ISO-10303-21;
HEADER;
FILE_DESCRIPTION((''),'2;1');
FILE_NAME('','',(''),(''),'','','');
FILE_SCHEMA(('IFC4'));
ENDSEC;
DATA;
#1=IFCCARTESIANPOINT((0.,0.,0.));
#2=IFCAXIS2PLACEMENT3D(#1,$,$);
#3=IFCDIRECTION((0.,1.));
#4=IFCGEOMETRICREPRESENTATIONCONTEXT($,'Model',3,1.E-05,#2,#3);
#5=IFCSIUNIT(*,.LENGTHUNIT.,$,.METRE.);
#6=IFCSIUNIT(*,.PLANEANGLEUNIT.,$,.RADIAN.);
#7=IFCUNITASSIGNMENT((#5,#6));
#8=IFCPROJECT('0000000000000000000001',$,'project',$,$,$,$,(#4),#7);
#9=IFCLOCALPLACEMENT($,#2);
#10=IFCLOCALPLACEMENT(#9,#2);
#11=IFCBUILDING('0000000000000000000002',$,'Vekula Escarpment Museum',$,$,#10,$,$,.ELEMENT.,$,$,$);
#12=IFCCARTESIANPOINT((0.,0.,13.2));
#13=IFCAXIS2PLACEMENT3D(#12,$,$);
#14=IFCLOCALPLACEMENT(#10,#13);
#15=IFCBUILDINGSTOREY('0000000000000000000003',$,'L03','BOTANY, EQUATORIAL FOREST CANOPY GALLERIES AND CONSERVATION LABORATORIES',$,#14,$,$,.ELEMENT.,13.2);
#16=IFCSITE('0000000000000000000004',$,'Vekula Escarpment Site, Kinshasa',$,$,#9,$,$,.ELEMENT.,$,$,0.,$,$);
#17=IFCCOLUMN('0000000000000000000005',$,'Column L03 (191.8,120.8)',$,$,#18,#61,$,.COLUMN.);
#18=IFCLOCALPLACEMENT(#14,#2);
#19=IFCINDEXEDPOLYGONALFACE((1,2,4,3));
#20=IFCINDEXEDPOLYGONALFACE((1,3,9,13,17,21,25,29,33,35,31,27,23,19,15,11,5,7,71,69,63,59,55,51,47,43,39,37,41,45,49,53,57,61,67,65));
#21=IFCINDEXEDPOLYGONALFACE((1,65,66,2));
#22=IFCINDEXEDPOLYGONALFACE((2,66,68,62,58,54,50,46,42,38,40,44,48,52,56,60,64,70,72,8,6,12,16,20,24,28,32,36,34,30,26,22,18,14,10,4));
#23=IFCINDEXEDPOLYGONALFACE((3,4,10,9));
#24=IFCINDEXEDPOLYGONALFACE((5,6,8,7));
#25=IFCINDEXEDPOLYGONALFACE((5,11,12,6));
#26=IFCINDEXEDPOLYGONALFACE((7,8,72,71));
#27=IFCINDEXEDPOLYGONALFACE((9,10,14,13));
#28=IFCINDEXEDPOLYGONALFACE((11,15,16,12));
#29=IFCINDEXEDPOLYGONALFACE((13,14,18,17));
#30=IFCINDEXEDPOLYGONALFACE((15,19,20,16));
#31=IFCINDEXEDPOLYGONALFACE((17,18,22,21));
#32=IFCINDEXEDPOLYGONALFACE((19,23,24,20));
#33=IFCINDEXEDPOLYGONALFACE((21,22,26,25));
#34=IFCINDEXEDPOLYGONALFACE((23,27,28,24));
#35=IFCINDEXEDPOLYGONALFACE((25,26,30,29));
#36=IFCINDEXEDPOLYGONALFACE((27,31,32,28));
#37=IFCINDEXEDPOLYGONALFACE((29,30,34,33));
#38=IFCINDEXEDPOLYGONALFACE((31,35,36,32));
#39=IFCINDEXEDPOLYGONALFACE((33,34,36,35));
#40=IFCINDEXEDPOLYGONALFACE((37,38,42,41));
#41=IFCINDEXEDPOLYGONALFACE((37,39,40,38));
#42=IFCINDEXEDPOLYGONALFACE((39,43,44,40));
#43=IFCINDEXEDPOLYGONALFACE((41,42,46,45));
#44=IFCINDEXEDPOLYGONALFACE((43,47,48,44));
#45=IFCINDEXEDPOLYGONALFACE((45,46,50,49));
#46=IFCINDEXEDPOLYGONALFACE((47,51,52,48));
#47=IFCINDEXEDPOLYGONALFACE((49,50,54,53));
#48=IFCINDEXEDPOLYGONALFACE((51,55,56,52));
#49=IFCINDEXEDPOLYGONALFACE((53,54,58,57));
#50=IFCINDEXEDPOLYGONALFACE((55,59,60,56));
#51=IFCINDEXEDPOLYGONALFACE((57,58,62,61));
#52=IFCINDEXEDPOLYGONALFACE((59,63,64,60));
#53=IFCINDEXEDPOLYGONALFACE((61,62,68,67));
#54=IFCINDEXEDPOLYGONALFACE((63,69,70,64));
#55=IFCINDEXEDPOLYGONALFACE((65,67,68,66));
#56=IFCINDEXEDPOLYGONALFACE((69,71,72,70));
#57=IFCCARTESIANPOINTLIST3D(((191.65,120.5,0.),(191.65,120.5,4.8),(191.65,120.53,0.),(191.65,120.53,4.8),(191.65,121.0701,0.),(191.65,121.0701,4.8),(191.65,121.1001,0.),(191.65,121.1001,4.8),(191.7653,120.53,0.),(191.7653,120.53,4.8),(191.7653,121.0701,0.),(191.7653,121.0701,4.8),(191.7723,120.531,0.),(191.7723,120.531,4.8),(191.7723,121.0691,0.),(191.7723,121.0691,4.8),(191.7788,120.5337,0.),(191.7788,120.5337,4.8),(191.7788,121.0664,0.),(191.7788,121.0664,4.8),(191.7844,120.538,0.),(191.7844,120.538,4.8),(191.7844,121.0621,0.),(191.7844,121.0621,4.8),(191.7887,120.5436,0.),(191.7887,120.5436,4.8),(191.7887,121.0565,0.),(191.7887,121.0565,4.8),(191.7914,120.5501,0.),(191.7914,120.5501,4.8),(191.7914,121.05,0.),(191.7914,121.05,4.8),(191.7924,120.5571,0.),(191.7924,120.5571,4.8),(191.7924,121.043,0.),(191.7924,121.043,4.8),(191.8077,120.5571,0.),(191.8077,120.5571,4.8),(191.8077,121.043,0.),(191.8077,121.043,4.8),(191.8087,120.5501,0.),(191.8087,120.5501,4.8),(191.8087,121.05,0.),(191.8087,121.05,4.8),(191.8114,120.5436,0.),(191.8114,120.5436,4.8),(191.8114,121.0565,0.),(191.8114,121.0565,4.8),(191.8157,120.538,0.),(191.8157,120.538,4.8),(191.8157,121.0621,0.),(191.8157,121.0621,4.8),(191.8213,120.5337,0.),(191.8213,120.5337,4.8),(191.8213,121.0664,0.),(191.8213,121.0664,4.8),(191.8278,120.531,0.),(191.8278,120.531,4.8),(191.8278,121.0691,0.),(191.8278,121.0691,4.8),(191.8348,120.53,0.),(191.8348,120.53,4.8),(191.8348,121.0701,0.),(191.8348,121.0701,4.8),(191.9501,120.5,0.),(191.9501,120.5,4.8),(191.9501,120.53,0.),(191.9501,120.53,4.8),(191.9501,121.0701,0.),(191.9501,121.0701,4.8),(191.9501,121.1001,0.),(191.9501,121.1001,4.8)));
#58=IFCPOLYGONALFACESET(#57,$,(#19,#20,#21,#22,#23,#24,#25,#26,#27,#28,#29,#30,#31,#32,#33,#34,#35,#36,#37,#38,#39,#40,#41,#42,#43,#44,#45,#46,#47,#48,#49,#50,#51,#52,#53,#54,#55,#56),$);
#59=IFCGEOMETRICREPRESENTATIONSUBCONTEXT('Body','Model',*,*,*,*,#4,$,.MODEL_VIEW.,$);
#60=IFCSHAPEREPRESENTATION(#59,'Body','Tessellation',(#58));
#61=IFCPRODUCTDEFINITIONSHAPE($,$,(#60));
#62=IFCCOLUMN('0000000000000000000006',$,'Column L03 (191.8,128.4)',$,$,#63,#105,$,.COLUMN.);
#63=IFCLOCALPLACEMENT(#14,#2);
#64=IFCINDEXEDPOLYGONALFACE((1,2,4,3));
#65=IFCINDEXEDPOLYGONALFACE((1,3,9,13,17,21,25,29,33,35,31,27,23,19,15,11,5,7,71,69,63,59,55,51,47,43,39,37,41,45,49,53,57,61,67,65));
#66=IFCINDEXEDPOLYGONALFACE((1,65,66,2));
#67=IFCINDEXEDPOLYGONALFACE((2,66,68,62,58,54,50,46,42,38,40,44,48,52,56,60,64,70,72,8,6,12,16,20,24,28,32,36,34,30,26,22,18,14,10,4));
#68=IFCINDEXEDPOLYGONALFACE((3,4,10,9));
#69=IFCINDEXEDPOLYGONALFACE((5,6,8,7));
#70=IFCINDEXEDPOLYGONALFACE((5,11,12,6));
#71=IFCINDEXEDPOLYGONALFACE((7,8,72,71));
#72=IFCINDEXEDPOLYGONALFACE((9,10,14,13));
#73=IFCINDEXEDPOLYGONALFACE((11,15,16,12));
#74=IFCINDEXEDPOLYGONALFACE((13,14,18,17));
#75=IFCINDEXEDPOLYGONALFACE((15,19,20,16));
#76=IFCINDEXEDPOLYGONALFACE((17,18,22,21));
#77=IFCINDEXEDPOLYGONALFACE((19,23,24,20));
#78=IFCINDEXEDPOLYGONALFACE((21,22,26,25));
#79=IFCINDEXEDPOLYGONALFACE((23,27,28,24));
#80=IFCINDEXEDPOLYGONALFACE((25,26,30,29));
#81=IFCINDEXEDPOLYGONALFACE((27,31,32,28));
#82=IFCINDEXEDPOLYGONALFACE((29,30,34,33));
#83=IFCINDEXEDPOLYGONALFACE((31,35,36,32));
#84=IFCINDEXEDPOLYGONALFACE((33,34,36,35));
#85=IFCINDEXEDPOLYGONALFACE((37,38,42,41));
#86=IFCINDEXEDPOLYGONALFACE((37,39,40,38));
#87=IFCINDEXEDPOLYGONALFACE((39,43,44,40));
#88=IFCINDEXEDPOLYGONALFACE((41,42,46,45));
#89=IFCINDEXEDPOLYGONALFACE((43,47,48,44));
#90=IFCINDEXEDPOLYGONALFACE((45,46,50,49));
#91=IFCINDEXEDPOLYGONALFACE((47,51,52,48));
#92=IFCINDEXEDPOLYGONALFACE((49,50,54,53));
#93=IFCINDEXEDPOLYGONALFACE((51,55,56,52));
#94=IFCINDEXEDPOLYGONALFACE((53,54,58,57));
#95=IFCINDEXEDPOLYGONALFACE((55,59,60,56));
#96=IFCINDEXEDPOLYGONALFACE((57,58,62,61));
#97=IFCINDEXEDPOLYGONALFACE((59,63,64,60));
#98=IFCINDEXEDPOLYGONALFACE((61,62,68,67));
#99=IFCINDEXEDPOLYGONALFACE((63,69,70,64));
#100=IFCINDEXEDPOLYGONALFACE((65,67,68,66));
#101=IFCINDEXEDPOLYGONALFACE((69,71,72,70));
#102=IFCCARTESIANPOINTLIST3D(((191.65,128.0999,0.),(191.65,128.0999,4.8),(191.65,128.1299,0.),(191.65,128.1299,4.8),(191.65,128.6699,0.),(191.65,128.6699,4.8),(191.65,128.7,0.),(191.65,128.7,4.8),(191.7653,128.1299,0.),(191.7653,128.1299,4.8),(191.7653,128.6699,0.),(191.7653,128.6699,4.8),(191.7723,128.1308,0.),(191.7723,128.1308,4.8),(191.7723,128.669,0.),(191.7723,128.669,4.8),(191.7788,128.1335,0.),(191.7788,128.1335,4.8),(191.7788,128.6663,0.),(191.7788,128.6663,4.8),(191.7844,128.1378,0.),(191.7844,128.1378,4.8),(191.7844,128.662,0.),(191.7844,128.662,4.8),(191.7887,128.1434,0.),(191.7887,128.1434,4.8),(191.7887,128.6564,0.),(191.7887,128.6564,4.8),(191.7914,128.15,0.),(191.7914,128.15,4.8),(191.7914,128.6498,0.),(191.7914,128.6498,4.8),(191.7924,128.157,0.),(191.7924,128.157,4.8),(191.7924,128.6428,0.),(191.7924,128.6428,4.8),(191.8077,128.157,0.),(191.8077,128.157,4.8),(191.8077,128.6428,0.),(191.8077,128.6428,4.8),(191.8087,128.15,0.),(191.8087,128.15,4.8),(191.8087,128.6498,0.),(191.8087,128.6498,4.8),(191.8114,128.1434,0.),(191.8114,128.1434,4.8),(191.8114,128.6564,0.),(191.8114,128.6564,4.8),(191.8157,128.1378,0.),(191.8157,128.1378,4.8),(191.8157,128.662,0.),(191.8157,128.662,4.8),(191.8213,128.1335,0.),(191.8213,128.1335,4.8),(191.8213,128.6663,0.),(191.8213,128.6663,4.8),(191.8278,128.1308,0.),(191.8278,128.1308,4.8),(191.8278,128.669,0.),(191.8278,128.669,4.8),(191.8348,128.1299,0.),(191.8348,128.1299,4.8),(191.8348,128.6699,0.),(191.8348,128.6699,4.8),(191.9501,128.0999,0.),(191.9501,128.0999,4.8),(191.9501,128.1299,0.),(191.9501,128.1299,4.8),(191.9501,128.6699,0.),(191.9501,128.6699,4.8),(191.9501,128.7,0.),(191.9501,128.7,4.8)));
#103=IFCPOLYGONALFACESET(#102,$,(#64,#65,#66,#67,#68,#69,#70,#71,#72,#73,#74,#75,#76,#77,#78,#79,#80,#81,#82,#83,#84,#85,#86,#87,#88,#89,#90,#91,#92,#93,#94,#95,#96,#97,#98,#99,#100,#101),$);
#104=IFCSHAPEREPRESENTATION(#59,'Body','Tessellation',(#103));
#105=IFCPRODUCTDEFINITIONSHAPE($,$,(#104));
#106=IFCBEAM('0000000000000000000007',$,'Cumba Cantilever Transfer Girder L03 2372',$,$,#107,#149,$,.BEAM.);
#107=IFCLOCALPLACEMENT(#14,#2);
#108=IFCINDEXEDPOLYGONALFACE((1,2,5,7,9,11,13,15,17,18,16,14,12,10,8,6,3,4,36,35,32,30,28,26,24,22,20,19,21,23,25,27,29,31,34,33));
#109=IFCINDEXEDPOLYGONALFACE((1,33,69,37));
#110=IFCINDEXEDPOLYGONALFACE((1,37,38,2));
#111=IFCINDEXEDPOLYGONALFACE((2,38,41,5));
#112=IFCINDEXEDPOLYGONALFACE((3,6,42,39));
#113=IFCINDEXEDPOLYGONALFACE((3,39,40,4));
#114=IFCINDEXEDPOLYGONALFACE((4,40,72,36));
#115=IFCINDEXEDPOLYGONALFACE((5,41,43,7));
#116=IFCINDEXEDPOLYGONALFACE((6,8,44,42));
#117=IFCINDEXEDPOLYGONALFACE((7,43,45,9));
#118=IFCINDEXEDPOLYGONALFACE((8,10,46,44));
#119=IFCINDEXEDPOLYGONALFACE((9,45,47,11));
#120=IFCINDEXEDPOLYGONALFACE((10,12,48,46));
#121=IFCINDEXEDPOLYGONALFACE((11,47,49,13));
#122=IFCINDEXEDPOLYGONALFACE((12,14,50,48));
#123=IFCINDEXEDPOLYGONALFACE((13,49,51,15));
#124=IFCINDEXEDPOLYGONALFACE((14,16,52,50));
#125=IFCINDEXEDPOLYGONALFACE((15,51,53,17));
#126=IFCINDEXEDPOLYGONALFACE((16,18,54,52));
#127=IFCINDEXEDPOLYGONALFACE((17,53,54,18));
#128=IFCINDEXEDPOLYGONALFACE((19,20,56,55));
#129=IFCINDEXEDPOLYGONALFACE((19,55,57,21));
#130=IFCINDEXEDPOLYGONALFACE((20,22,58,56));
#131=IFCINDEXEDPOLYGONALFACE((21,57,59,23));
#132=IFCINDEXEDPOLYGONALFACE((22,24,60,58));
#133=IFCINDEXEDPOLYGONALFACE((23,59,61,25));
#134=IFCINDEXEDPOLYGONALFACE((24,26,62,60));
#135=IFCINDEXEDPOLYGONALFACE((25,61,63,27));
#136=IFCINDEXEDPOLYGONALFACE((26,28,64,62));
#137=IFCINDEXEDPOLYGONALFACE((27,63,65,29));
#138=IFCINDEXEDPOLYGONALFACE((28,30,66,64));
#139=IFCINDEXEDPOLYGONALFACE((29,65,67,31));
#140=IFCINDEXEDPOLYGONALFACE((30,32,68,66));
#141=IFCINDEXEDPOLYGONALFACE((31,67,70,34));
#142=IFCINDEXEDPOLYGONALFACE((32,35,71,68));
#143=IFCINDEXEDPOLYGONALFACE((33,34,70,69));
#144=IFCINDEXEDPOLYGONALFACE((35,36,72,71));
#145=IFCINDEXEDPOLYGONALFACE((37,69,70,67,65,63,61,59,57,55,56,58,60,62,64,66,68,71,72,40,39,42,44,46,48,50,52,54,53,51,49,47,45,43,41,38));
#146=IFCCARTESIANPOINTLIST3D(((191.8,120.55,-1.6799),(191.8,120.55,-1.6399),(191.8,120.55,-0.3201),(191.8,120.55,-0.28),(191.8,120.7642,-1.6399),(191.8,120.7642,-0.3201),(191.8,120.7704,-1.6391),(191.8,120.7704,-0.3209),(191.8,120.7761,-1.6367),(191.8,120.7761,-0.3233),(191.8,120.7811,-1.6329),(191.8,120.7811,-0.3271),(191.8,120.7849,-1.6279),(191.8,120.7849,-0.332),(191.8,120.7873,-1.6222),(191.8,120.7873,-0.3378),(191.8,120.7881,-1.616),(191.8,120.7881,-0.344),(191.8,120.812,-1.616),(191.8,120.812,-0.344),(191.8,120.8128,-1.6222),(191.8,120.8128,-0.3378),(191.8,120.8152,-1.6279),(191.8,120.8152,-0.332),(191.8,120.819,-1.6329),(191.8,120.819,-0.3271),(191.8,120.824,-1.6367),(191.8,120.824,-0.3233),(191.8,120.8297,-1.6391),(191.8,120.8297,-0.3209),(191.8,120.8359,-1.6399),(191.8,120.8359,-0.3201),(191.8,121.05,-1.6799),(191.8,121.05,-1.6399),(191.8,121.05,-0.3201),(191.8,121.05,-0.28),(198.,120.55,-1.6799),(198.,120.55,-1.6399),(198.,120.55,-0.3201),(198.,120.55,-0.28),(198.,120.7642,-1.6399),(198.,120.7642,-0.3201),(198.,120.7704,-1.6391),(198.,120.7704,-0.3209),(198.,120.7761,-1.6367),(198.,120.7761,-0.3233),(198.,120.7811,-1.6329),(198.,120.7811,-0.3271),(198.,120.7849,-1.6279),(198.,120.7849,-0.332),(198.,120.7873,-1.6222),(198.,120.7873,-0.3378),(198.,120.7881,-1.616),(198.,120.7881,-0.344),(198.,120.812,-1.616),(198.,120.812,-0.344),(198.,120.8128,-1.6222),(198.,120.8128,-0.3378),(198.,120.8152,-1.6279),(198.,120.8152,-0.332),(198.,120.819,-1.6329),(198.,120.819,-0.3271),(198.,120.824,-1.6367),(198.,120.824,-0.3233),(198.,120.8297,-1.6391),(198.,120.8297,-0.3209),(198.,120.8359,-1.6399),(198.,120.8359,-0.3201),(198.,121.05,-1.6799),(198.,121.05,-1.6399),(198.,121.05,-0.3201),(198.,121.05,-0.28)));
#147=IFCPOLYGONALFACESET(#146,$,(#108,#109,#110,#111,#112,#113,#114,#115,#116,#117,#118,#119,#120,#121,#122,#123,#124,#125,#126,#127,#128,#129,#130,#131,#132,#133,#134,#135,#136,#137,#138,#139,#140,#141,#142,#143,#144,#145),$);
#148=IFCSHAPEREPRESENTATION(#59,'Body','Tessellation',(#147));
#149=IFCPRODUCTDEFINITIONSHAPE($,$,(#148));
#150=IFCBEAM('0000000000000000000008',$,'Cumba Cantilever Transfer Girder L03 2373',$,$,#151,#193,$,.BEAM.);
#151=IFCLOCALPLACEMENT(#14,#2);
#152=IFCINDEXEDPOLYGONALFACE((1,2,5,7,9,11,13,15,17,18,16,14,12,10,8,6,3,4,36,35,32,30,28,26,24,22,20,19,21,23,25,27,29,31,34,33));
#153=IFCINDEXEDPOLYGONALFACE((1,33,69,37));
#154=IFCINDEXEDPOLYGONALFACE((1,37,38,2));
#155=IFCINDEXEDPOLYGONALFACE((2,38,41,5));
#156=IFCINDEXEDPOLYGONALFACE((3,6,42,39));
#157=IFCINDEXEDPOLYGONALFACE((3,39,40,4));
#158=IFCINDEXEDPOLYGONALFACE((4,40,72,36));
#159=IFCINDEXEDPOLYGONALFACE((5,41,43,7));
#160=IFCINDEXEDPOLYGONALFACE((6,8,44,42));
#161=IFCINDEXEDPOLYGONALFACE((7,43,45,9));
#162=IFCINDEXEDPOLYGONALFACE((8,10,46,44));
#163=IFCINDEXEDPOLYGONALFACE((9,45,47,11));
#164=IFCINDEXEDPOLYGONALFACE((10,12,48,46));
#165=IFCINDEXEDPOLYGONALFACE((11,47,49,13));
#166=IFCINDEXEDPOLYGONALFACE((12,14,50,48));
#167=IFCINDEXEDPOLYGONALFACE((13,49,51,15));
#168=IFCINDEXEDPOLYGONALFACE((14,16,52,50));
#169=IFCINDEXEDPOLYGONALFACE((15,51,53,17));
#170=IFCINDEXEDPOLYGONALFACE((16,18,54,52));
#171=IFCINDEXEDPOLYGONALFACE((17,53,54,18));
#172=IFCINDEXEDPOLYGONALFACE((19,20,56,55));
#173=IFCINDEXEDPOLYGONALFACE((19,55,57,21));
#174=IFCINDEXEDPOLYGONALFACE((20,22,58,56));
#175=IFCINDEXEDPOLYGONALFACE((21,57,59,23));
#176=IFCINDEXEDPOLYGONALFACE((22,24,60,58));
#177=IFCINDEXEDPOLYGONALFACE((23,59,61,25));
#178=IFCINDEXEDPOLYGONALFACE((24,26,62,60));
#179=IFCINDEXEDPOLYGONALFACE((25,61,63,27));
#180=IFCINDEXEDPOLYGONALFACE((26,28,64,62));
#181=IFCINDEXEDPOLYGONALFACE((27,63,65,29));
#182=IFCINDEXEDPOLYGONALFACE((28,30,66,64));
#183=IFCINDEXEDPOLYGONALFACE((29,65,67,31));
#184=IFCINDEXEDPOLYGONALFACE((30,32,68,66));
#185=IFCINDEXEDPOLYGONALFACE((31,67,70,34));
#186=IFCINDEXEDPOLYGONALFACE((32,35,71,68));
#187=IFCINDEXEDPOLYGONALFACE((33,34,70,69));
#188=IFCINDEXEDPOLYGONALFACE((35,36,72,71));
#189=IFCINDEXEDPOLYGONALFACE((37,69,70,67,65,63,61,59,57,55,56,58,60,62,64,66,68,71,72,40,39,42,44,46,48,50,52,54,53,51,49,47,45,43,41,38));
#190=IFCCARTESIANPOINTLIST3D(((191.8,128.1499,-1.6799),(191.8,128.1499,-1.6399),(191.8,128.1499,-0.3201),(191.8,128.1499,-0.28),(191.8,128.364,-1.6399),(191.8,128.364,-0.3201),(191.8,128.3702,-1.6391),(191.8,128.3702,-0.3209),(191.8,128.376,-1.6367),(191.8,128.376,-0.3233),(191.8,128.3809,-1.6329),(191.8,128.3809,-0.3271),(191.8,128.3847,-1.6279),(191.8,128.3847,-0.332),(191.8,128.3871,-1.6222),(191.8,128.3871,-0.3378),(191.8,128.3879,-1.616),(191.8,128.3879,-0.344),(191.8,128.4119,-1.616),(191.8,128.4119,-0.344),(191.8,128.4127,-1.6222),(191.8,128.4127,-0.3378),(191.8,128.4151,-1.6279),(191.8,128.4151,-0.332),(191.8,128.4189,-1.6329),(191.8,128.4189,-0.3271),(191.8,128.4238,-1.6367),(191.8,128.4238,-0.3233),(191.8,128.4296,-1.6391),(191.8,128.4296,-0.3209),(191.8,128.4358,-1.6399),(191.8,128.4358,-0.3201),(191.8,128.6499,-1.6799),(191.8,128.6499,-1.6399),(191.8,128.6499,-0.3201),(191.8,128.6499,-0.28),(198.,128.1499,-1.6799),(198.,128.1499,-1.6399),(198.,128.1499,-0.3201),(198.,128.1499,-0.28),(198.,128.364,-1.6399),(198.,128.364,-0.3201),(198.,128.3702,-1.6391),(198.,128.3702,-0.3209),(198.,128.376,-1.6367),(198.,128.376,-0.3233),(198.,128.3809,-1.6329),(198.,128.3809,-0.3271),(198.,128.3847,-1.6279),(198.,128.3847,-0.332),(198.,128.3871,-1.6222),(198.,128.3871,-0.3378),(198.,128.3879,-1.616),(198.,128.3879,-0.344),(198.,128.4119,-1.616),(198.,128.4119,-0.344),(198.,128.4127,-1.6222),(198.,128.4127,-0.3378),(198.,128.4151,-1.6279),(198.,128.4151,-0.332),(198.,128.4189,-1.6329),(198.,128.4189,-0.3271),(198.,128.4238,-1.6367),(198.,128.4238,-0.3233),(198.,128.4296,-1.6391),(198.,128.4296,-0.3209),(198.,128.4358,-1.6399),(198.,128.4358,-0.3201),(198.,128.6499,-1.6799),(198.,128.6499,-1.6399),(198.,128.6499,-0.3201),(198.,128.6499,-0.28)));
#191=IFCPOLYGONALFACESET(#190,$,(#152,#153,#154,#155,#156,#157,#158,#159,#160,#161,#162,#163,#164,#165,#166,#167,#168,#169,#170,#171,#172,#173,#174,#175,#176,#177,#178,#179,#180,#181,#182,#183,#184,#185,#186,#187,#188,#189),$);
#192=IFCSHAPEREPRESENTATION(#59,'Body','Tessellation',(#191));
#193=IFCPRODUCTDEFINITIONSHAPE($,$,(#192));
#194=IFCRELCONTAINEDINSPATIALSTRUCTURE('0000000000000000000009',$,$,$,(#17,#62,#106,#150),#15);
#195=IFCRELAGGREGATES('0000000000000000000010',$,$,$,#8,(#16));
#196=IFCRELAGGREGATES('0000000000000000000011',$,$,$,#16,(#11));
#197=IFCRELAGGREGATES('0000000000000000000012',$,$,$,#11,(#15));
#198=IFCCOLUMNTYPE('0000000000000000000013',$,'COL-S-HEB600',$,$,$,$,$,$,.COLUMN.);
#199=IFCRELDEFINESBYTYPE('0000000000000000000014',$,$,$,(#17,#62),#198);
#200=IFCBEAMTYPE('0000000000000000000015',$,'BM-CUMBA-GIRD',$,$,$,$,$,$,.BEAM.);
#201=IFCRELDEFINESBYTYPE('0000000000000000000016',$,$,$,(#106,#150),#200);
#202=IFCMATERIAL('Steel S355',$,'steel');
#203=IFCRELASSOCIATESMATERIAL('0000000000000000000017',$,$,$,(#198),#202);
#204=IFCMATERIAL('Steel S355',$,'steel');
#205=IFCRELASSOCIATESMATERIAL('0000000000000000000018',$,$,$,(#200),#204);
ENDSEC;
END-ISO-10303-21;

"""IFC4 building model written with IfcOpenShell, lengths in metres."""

from ifc_helpers import new_model, si_unit, direction, frame, origin, origin_2d, place, context, subcontext, project, spatial, i_section, extrude, material, material_profile, profile_set, type_object, element, save


model = new_model("IFC4")

# Units and contexts
model_context = context("Model", 3, precision=1e-05, world=origin(), true_north=direction((0.0, 1.0)))
body_context = subcontext(model_context, "Body", "Model", "MODEL_VIEW")
ifc_project = project(units=[si_unit("LENGTHUNIT", "METRE"), si_unit("PLANEANGLEUNIT", "RADIAN")], contexts=[model_context])

# Site, building, storey
site_placement = place(None, origin())
site = spatial("IfcSite", under=ifc_project, at=site_placement, Name="Vekula Escarpment Site, Kinshasa", CompositionType="ELEMENT", RefElevation=0.0)
building_placement = place(site_placement, origin())
building = spatial("IfcBuilding", under=site, at=building_placement, Name="Vekula Escarpment Museum", CompositionType="ELEMENT")
storey_placement = place(building_placement, frame((0.0, 0.0, 13.2)))
storey = spatial("IfcBuildingStorey", under=building, at=storey_placement, Name="L03", Description="BOTANY, EQUATORIAL FOREST CANOPY GALLERIES AND CONSERVATION LABORATORIES", CompositionType="ELEMENT", Elevation=13.2)

# Columns
ifc_material_1 = material(Name="Steel S355", Category="steel")
ifc_material_profile_1 = material_profile(ifc_material_1, i_section(OverallWidth=0.3, OverallDepth=0.6001, WebThickness=0.0154, FlangeThickness=0.03, FilletRadius=0.0271, at=origin_2d()), Name="HEB 600")
ifc_profile_set_1 = profile_set([ifc_material_profile_1], Name="Steel S355")
column_type = type_object("IfcColumnType", Name="COL-S-HEB600", PredefinedType="COLUMN", material=ifc_profile_set_1)
for number, where, z_axis, x_axis, name in (
    (1, (191.8, 120.8, 0.0), (0.0, 0.0, 1.0), (1.0, 0.0, 0.0), "Column L03 (191.8,120.8)"),
    (2, (191.8, 128.3999, 0.0), (0.0, 0.0, 1.0), (1.0, 0.0, 0.0), "Column L03 (191.8,128.4)"),
):
    element("IfcColumn", number, at=place(storey_placement, frame(where, z_axis=z_axis, x_axis=x_axis)), inside=storey, type_object=column_type, Name=name, PredefinedType="COLUMN", context=body_context, shape_type="SweptSolid", body=[
        extrude(i_section(OverallWidth=0.3, OverallDepth=0.6001, WebThickness=0.0154, FlangeThickness=0.03, FilletRadius=0.0271, at=origin_2d()), origin(), (0.0, 0.0, 1.0), 4.8),
    ])

# Beams
ifc_material_2 = material(Name="Steel S355", Category="steel")
ifc_material_profile_2 = material_profile(ifc_material_2, i_section(OverallWidth=0.5, OverallDepth=1.3999, WebThickness=0.0239, FlangeThickness=0.04, FilletRadius=0.0239, at=origin_2d()), Name="WPG 1400x500")
ifc_profile_set_2 = profile_set([ifc_material_profile_2], Name="Steel S355")
beam_type_1 = type_object("IfcBeamType", Name="BM-CUMBA-GIRD", PredefinedType="BEAM", material=ifc_profile_set_2)
for number, where, z_axis, x_axis, name in (
    (3, (191.8, 120.8, -0.98), (1.0, 0.0, 0.0), (0.0, 1.0, 0.0), "Cumba Cantilever Transfer Girder L03 2372"),
    (4, (191.8, 128.3999, -0.98), (1.0, 0.0, 0.0), (0.0, 1.0, 0.0), "Cumba Cantilever Transfer Girder L03 2373"),
):
    element("IfcBeam", number, at=place(storey_placement, frame(where, z_axis=z_axis, x_axis=x_axis)), inside=storey, type_object=beam_type_1, Name=name, PredefinedType="BEAM", context=body_context, shape_type="SweptSolid", body=[
        extrude(i_section(OverallWidth=0.5, OverallDepth=1.3999, WebThickness=0.0239, FlangeThickness=0.04, FilletRadius=0.0239, at=origin_2d()), origin(), (0.0, 0.0, 1.0), 6.2),
    ])

save(model, "model.ifc")
